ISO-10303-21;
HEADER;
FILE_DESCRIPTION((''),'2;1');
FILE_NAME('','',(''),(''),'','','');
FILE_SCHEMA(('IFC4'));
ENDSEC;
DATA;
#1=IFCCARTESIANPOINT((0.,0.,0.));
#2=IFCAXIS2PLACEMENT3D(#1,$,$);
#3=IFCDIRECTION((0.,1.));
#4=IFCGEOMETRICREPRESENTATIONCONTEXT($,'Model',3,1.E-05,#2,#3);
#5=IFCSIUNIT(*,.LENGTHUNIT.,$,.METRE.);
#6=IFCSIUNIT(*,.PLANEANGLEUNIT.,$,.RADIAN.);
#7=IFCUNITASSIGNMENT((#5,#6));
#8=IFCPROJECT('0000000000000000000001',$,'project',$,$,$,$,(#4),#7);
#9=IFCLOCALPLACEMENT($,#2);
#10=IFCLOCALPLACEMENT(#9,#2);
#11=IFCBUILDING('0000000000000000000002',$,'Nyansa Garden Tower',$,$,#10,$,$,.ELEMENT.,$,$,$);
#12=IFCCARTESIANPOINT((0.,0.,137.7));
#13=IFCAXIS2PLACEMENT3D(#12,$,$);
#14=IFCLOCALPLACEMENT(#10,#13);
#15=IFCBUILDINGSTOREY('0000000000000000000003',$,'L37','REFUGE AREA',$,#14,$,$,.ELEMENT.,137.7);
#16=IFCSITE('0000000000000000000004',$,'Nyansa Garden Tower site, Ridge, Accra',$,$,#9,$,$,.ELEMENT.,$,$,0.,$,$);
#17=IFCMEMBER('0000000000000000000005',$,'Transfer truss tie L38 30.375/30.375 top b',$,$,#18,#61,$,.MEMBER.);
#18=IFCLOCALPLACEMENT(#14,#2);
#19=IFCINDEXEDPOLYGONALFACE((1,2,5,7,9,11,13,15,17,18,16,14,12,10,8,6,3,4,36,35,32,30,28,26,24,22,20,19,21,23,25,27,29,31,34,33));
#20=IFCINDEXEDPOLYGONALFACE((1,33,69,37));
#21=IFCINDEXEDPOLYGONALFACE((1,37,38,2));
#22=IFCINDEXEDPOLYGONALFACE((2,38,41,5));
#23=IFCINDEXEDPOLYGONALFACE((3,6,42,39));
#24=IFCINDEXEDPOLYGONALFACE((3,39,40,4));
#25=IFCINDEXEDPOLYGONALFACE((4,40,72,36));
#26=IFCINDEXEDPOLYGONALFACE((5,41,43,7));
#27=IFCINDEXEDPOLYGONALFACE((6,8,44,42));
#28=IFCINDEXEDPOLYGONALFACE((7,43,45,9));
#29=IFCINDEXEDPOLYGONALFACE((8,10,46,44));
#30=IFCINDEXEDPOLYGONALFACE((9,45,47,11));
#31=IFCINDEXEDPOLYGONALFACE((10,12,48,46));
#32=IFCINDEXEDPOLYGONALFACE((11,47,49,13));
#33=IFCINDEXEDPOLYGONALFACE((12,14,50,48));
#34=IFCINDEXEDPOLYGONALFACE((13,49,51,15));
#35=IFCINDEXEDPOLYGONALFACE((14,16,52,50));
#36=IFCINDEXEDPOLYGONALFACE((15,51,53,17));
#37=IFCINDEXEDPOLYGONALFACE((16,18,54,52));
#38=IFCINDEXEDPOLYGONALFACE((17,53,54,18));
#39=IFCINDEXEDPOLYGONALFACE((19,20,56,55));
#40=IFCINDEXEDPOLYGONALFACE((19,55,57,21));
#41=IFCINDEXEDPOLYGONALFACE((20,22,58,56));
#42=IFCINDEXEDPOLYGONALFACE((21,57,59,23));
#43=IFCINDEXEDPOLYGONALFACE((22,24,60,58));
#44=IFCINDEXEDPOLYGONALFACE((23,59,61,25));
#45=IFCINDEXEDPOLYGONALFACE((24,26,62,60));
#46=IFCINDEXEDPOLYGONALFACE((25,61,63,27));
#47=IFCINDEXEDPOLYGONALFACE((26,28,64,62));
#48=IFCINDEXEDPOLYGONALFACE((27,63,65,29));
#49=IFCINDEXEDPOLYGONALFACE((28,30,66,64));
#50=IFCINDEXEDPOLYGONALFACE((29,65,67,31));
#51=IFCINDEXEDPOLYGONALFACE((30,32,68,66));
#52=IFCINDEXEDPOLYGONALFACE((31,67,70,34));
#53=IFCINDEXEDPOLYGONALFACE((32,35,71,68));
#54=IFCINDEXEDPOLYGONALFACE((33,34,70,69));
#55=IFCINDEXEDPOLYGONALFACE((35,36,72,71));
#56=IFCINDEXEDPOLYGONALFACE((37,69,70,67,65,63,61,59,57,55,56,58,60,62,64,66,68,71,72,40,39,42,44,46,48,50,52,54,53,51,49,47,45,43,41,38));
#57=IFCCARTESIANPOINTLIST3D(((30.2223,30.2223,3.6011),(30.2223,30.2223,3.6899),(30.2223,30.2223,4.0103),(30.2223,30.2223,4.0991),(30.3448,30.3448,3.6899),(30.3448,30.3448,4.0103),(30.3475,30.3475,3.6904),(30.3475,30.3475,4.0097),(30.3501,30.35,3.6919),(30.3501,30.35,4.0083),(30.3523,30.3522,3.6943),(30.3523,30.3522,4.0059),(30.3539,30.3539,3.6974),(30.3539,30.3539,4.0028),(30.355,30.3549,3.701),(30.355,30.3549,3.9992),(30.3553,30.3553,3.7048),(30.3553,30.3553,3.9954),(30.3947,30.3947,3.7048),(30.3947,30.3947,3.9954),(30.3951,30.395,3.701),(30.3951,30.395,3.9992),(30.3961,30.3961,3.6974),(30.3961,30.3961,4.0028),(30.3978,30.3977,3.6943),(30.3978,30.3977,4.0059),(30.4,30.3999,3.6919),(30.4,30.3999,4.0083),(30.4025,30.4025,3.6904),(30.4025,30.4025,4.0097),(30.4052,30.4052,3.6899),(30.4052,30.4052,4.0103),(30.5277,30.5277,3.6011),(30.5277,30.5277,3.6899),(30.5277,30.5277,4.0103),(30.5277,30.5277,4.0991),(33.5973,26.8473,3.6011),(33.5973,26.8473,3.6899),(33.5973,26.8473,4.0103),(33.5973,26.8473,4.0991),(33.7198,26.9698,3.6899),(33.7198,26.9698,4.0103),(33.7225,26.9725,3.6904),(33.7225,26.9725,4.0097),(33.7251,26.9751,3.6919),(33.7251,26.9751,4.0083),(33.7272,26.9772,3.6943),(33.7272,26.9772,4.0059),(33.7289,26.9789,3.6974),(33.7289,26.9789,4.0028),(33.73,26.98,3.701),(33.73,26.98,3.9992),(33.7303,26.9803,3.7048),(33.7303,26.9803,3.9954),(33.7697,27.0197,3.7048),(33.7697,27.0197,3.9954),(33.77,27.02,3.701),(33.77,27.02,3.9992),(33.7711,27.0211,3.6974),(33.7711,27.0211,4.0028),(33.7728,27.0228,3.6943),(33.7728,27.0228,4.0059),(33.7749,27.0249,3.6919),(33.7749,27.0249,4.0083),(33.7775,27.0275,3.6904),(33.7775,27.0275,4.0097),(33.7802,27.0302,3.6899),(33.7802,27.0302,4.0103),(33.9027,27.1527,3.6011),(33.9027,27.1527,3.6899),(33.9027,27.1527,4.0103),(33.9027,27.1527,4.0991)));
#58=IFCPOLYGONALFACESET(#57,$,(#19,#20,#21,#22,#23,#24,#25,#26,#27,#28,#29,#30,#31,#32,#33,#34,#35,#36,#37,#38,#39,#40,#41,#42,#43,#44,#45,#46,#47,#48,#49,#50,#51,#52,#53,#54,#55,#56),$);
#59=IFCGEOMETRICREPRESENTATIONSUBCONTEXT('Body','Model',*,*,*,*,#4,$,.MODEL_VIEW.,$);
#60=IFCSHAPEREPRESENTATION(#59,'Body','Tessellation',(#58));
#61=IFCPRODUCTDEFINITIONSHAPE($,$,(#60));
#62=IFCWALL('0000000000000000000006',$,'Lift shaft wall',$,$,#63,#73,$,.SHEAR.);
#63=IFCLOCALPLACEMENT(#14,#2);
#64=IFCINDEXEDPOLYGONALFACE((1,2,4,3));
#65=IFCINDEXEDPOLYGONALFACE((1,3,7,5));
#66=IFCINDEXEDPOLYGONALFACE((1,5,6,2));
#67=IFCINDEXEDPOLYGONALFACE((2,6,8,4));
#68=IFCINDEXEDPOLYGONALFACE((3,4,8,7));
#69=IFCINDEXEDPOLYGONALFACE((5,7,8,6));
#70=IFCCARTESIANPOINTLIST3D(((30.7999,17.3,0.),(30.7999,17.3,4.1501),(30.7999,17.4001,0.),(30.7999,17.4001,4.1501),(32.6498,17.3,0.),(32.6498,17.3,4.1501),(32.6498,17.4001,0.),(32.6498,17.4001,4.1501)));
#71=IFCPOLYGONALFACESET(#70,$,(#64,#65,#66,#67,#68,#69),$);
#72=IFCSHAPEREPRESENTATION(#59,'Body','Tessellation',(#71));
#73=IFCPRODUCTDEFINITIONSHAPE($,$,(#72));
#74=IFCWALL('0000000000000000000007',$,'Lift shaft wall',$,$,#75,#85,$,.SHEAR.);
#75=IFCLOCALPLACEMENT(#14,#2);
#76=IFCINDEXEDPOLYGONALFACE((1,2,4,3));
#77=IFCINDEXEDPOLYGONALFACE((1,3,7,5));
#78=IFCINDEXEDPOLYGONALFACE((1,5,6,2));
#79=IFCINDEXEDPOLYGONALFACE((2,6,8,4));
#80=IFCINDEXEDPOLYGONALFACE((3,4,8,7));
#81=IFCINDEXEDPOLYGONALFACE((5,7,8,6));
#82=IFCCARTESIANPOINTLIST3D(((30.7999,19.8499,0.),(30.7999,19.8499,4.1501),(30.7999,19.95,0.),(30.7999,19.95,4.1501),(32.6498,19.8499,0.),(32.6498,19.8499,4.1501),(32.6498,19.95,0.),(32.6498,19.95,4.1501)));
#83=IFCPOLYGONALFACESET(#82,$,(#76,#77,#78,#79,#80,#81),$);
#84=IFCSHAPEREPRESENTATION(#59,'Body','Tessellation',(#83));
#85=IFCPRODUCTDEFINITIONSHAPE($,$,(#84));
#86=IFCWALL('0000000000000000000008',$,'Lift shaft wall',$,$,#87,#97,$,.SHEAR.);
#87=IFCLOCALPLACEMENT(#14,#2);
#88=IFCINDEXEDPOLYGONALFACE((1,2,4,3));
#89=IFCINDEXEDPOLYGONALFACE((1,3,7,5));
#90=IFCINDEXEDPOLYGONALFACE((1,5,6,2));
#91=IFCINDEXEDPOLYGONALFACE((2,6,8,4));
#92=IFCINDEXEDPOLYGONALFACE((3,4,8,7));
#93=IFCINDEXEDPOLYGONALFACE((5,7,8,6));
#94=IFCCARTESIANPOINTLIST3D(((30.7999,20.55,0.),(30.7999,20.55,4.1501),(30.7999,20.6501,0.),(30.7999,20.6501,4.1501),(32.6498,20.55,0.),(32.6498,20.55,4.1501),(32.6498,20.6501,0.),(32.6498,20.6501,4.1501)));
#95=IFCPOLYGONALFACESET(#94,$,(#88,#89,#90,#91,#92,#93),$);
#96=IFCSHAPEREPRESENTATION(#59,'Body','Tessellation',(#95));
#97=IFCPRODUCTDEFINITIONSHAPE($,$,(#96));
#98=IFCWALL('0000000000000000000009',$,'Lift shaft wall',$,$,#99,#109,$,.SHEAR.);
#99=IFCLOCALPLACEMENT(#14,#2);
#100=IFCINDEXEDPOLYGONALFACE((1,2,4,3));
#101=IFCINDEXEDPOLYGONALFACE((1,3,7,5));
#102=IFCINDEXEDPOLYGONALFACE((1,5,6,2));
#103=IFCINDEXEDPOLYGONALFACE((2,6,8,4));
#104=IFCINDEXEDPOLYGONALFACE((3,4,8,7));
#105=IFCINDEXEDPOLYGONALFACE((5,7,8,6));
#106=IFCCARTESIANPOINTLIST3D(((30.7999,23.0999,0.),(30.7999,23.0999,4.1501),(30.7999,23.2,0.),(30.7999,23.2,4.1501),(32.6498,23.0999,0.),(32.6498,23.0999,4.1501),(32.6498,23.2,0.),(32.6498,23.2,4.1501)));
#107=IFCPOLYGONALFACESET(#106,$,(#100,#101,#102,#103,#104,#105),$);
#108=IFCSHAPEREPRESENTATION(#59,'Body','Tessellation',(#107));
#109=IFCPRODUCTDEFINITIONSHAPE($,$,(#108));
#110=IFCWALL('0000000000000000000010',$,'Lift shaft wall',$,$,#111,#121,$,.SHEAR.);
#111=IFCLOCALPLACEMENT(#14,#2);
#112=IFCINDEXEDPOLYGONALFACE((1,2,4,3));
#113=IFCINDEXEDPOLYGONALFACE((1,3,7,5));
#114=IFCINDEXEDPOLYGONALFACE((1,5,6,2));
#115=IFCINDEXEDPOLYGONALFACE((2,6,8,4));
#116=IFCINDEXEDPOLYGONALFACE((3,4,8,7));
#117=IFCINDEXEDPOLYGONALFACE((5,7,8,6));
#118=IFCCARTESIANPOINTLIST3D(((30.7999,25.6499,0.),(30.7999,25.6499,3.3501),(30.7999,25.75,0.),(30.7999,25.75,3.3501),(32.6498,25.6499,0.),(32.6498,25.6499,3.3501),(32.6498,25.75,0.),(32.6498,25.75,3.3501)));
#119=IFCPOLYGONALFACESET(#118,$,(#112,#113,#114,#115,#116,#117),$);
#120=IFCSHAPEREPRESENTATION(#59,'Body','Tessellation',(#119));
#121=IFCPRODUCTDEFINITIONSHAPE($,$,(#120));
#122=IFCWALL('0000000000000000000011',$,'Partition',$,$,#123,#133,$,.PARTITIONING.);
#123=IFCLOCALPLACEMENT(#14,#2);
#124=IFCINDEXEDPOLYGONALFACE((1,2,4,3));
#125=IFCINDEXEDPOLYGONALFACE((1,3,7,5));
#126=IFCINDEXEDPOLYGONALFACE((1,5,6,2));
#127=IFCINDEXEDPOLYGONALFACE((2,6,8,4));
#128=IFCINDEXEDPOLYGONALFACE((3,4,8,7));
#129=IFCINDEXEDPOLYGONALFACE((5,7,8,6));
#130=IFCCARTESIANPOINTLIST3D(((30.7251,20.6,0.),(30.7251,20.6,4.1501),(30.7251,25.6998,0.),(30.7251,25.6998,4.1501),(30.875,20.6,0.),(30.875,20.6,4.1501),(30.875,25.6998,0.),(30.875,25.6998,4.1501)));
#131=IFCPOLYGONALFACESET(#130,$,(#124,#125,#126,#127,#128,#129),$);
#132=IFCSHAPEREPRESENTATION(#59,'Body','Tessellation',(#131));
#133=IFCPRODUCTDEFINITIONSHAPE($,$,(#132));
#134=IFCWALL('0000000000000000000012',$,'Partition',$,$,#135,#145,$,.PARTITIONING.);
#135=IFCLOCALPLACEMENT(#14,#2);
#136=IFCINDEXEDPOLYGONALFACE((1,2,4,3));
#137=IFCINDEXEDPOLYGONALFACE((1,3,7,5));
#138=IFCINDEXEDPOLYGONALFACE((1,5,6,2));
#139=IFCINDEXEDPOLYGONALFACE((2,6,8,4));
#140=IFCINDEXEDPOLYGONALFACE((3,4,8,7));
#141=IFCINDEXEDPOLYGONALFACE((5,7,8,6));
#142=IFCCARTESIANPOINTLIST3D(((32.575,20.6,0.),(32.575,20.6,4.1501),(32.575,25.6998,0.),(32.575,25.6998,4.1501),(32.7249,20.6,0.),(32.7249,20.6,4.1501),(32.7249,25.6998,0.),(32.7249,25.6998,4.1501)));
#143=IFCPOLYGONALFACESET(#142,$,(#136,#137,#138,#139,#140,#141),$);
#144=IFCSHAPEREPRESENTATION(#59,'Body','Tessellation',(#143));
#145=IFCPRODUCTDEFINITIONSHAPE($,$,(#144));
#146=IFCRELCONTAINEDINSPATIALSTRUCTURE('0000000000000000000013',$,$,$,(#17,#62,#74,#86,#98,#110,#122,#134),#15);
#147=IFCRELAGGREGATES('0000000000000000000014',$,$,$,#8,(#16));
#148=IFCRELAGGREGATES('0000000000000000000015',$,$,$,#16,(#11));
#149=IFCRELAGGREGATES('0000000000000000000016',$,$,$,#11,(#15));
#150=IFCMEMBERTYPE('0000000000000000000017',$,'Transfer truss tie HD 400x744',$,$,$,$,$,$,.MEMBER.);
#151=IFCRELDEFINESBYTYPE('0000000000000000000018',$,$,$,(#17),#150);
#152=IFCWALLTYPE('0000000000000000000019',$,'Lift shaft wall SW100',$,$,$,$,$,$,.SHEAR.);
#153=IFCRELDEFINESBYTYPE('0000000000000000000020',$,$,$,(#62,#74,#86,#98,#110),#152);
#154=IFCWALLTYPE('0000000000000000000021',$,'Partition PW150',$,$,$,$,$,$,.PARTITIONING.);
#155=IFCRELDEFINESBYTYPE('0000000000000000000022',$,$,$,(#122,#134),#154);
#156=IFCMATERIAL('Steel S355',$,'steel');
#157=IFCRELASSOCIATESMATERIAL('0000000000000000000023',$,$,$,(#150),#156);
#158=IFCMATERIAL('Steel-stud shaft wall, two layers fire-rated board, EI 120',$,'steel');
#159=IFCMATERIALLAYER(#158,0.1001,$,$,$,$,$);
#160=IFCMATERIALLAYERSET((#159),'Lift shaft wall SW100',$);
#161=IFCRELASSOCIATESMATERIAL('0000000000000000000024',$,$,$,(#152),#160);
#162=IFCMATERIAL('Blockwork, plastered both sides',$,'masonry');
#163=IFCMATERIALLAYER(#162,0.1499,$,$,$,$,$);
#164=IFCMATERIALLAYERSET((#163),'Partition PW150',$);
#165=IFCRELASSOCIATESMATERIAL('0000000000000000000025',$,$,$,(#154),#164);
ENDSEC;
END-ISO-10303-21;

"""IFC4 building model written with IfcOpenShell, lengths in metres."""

from ifc_helpers import new_model, si_unit, direction, frame, frame_2d, origin, origin_2d, place, context, subcontext, project, spatial, rectangle, i_section, extrude, material, layer, layer_set, material_profile, profile_set, type_object, element, save


model = new_model("IFC4")

# Units and contexts
model_context = context("Model", 3, precision=1e-05, world=origin(), true_north=direction((0.0, 1.0)))
body_context = subcontext(model_context, "Body", "Model", "MODEL_VIEW")
ifc_project = project(units=[si_unit("LENGTHUNIT", "METRE"), si_unit("PLANEANGLEUNIT", "RADIAN")], contexts=[model_context])

# Site, building, storey
site_placement = place(None, origin())
site = spatial("IfcSite", under=ifc_project, at=site_placement, Name="Nyansa Garden Tower site, Ridge, Accra", CompositionType="ELEMENT", RefElevation=0.0)
building_placement = place(site_placement, origin())
building = spatial("IfcBuilding", under=site, at=building_placement, Name="Nyansa Garden Tower", CompositionType="ELEMENT")
storey_placement = place(building_placement, frame((0.0, 0.0, 137.7)))
storey = spatial("IfcBuildingStorey", under=building, at=storey_placement, Name="L37", Description="REFUGE AREA", CompositionType="ELEMENT", Elevation=137.7)

# Member
ifc_material_1 = material(Name="Steel S355", Category="steel")
ifc_material_profile_1 = material_profile(ifc_material_1, i_section(OverallWidth=0.4319, OverallDepth=0.498, WebThickness=0.0557, FlangeThickness=0.0889, FilletRadius=0.0149, at=origin_2d()), Name="HD 400x744")
ifc_profile_set_1 = profile_set([ifc_material_profile_1], Name="Steel S355")
member_type_1 = type_object("IfcMemberType", Name="Transfer truss tie HD 400x744", PredefinedType="MEMBER", material=ifc_profile_set_1)
member_1_placement = place(storey_placement, frame((33.75, 27.0, 3.8501), z_axis=(-0.707107, 0.707107, 0.0), x_axis=(-0.707107, -0.707107, 0.0)))
element("IfcMember", 1, at=member_1_placement, inside=storey, type_object=member_type_1, Name="Transfer truss tie L38 30.375/30.375 top b", PredefinedType="MEMBER", context=body_context, shape_type="SweptSolid", body=[
    extrude(i_section(OverallWidth=0.4319, OverallDepth=0.498, WebThickness=0.0557, FlangeThickness=0.0889, FilletRadius=0.0149, at=origin_2d()), origin(), (0.0, 0.0, 1.0), 4.7729),
])

# Walls
ifc_material_2 = material(Name="Steel-stud shaft wall, two layers fire-rated board, EI 120", Category="steel")
ifc_layer_1 = layer(ifc_material_2, 0.1001)
ifc_layer_set_1 = layer_set([ifc_layer_1], Name="Lift shaft wall SW100")
wall_type_1 = type_object("IfcWallType", Name="Lift shaft wall SW100", PredefinedType="SHEAR", material=ifc_layer_set_1)
for number, where, z_axis, x_axis, name in (
    (2, (30.8, 17.3501, 0.0), (0.0, 0.0, 1.0), (1.0, 0.0, 0.0), "Lift shaft wall"),
    (3, (30.8, 19.8999, 0.0), (0.0, 0.0, 1.0), (1.0, 0.0, 0.0), "Lift shaft wall"),
    (4, (30.8, 20.6001, 0.0), (0.0, 0.0, 1.0), (1.0, 0.0, 0.0), "Lift shaft wall"),
    (5, (30.8, 23.1499, 0.0), (0.0, 0.0, 1.0), (1.0, 0.0, 0.0), "Lift shaft wall"),
):
    element("IfcWall", number, at=place(storey_placement, frame(where, z_axis=z_axis, x_axis=x_axis)), inside=storey, type_object=wall_type_1, Name=name, PredefinedType="SHEAR", context=body_context, shape_type="SweptSolid", body=[
        extrude(rectangle(XDim=1.8499, YDim=0.1001, at=frame_2d((0.9248, 0.0))), origin(), (0.0, 0.0, 1.0), 4.1501),
    ])
wall_placement = place(storey_placement, frame((30.8, 25.7, 0.0), z_axis=(0.0, 0.0, 1.0), x_axis=(1.0, 0.0, 0.0)))
element("IfcWall", 6, at=wall_placement, inside=storey, type_object=wall_type_1, Name="Lift shaft wall", PredefinedType="SHEAR", context=body_context, shape_type="SweptSolid", body=[
    extrude(rectangle(XDim=1.8499, YDim=0.1001, at=frame_2d((0.9248, 0.0))), origin(), (0.0, 0.0, 1.0), 3.3501),
])
ifc_material_3 = material(Name="Blockwork, plastered both sides", Category="masonry")
ifc_layer_2 = layer(ifc_material_3, 0.1499)
ifc_layer_set_2 = layer_set([ifc_layer_2], Name="Partition PW150")
wall_type_2 = type_object("IfcWallType", Name="Partition PW150", PredefinedType="PARTITIONING", material=ifc_layer_set_2)
for number, where, z_axis, x_axis, name in (
    (7, (30.8, 20.6001, 0.0), (0.0, 0.0, 1.0), (0.0, 1.0, 0.0), "Partition"),
    (8, (32.6499, 20.6001, 0.0), (0.0, 0.0, 1.0), (0.0, 1.0, 0.0), "Partition"),
):
    element("IfcWall", number, at=place(storey_placement, frame(where, z_axis=z_axis, x_axis=x_axis)), inside=storey, type_object=wall_type_2, Name=name, PredefinedType="PARTITIONING", context=body_context, shape_type="SweptSolid", body=[
        extrude(rectangle(XDim=5.0999, YDim=0.1499, at=frame_2d((2.5498, 0.0))), origin(), (0.0, 0.0, 1.0), 4.1501),
    ])

save(model, "model.ifc")
